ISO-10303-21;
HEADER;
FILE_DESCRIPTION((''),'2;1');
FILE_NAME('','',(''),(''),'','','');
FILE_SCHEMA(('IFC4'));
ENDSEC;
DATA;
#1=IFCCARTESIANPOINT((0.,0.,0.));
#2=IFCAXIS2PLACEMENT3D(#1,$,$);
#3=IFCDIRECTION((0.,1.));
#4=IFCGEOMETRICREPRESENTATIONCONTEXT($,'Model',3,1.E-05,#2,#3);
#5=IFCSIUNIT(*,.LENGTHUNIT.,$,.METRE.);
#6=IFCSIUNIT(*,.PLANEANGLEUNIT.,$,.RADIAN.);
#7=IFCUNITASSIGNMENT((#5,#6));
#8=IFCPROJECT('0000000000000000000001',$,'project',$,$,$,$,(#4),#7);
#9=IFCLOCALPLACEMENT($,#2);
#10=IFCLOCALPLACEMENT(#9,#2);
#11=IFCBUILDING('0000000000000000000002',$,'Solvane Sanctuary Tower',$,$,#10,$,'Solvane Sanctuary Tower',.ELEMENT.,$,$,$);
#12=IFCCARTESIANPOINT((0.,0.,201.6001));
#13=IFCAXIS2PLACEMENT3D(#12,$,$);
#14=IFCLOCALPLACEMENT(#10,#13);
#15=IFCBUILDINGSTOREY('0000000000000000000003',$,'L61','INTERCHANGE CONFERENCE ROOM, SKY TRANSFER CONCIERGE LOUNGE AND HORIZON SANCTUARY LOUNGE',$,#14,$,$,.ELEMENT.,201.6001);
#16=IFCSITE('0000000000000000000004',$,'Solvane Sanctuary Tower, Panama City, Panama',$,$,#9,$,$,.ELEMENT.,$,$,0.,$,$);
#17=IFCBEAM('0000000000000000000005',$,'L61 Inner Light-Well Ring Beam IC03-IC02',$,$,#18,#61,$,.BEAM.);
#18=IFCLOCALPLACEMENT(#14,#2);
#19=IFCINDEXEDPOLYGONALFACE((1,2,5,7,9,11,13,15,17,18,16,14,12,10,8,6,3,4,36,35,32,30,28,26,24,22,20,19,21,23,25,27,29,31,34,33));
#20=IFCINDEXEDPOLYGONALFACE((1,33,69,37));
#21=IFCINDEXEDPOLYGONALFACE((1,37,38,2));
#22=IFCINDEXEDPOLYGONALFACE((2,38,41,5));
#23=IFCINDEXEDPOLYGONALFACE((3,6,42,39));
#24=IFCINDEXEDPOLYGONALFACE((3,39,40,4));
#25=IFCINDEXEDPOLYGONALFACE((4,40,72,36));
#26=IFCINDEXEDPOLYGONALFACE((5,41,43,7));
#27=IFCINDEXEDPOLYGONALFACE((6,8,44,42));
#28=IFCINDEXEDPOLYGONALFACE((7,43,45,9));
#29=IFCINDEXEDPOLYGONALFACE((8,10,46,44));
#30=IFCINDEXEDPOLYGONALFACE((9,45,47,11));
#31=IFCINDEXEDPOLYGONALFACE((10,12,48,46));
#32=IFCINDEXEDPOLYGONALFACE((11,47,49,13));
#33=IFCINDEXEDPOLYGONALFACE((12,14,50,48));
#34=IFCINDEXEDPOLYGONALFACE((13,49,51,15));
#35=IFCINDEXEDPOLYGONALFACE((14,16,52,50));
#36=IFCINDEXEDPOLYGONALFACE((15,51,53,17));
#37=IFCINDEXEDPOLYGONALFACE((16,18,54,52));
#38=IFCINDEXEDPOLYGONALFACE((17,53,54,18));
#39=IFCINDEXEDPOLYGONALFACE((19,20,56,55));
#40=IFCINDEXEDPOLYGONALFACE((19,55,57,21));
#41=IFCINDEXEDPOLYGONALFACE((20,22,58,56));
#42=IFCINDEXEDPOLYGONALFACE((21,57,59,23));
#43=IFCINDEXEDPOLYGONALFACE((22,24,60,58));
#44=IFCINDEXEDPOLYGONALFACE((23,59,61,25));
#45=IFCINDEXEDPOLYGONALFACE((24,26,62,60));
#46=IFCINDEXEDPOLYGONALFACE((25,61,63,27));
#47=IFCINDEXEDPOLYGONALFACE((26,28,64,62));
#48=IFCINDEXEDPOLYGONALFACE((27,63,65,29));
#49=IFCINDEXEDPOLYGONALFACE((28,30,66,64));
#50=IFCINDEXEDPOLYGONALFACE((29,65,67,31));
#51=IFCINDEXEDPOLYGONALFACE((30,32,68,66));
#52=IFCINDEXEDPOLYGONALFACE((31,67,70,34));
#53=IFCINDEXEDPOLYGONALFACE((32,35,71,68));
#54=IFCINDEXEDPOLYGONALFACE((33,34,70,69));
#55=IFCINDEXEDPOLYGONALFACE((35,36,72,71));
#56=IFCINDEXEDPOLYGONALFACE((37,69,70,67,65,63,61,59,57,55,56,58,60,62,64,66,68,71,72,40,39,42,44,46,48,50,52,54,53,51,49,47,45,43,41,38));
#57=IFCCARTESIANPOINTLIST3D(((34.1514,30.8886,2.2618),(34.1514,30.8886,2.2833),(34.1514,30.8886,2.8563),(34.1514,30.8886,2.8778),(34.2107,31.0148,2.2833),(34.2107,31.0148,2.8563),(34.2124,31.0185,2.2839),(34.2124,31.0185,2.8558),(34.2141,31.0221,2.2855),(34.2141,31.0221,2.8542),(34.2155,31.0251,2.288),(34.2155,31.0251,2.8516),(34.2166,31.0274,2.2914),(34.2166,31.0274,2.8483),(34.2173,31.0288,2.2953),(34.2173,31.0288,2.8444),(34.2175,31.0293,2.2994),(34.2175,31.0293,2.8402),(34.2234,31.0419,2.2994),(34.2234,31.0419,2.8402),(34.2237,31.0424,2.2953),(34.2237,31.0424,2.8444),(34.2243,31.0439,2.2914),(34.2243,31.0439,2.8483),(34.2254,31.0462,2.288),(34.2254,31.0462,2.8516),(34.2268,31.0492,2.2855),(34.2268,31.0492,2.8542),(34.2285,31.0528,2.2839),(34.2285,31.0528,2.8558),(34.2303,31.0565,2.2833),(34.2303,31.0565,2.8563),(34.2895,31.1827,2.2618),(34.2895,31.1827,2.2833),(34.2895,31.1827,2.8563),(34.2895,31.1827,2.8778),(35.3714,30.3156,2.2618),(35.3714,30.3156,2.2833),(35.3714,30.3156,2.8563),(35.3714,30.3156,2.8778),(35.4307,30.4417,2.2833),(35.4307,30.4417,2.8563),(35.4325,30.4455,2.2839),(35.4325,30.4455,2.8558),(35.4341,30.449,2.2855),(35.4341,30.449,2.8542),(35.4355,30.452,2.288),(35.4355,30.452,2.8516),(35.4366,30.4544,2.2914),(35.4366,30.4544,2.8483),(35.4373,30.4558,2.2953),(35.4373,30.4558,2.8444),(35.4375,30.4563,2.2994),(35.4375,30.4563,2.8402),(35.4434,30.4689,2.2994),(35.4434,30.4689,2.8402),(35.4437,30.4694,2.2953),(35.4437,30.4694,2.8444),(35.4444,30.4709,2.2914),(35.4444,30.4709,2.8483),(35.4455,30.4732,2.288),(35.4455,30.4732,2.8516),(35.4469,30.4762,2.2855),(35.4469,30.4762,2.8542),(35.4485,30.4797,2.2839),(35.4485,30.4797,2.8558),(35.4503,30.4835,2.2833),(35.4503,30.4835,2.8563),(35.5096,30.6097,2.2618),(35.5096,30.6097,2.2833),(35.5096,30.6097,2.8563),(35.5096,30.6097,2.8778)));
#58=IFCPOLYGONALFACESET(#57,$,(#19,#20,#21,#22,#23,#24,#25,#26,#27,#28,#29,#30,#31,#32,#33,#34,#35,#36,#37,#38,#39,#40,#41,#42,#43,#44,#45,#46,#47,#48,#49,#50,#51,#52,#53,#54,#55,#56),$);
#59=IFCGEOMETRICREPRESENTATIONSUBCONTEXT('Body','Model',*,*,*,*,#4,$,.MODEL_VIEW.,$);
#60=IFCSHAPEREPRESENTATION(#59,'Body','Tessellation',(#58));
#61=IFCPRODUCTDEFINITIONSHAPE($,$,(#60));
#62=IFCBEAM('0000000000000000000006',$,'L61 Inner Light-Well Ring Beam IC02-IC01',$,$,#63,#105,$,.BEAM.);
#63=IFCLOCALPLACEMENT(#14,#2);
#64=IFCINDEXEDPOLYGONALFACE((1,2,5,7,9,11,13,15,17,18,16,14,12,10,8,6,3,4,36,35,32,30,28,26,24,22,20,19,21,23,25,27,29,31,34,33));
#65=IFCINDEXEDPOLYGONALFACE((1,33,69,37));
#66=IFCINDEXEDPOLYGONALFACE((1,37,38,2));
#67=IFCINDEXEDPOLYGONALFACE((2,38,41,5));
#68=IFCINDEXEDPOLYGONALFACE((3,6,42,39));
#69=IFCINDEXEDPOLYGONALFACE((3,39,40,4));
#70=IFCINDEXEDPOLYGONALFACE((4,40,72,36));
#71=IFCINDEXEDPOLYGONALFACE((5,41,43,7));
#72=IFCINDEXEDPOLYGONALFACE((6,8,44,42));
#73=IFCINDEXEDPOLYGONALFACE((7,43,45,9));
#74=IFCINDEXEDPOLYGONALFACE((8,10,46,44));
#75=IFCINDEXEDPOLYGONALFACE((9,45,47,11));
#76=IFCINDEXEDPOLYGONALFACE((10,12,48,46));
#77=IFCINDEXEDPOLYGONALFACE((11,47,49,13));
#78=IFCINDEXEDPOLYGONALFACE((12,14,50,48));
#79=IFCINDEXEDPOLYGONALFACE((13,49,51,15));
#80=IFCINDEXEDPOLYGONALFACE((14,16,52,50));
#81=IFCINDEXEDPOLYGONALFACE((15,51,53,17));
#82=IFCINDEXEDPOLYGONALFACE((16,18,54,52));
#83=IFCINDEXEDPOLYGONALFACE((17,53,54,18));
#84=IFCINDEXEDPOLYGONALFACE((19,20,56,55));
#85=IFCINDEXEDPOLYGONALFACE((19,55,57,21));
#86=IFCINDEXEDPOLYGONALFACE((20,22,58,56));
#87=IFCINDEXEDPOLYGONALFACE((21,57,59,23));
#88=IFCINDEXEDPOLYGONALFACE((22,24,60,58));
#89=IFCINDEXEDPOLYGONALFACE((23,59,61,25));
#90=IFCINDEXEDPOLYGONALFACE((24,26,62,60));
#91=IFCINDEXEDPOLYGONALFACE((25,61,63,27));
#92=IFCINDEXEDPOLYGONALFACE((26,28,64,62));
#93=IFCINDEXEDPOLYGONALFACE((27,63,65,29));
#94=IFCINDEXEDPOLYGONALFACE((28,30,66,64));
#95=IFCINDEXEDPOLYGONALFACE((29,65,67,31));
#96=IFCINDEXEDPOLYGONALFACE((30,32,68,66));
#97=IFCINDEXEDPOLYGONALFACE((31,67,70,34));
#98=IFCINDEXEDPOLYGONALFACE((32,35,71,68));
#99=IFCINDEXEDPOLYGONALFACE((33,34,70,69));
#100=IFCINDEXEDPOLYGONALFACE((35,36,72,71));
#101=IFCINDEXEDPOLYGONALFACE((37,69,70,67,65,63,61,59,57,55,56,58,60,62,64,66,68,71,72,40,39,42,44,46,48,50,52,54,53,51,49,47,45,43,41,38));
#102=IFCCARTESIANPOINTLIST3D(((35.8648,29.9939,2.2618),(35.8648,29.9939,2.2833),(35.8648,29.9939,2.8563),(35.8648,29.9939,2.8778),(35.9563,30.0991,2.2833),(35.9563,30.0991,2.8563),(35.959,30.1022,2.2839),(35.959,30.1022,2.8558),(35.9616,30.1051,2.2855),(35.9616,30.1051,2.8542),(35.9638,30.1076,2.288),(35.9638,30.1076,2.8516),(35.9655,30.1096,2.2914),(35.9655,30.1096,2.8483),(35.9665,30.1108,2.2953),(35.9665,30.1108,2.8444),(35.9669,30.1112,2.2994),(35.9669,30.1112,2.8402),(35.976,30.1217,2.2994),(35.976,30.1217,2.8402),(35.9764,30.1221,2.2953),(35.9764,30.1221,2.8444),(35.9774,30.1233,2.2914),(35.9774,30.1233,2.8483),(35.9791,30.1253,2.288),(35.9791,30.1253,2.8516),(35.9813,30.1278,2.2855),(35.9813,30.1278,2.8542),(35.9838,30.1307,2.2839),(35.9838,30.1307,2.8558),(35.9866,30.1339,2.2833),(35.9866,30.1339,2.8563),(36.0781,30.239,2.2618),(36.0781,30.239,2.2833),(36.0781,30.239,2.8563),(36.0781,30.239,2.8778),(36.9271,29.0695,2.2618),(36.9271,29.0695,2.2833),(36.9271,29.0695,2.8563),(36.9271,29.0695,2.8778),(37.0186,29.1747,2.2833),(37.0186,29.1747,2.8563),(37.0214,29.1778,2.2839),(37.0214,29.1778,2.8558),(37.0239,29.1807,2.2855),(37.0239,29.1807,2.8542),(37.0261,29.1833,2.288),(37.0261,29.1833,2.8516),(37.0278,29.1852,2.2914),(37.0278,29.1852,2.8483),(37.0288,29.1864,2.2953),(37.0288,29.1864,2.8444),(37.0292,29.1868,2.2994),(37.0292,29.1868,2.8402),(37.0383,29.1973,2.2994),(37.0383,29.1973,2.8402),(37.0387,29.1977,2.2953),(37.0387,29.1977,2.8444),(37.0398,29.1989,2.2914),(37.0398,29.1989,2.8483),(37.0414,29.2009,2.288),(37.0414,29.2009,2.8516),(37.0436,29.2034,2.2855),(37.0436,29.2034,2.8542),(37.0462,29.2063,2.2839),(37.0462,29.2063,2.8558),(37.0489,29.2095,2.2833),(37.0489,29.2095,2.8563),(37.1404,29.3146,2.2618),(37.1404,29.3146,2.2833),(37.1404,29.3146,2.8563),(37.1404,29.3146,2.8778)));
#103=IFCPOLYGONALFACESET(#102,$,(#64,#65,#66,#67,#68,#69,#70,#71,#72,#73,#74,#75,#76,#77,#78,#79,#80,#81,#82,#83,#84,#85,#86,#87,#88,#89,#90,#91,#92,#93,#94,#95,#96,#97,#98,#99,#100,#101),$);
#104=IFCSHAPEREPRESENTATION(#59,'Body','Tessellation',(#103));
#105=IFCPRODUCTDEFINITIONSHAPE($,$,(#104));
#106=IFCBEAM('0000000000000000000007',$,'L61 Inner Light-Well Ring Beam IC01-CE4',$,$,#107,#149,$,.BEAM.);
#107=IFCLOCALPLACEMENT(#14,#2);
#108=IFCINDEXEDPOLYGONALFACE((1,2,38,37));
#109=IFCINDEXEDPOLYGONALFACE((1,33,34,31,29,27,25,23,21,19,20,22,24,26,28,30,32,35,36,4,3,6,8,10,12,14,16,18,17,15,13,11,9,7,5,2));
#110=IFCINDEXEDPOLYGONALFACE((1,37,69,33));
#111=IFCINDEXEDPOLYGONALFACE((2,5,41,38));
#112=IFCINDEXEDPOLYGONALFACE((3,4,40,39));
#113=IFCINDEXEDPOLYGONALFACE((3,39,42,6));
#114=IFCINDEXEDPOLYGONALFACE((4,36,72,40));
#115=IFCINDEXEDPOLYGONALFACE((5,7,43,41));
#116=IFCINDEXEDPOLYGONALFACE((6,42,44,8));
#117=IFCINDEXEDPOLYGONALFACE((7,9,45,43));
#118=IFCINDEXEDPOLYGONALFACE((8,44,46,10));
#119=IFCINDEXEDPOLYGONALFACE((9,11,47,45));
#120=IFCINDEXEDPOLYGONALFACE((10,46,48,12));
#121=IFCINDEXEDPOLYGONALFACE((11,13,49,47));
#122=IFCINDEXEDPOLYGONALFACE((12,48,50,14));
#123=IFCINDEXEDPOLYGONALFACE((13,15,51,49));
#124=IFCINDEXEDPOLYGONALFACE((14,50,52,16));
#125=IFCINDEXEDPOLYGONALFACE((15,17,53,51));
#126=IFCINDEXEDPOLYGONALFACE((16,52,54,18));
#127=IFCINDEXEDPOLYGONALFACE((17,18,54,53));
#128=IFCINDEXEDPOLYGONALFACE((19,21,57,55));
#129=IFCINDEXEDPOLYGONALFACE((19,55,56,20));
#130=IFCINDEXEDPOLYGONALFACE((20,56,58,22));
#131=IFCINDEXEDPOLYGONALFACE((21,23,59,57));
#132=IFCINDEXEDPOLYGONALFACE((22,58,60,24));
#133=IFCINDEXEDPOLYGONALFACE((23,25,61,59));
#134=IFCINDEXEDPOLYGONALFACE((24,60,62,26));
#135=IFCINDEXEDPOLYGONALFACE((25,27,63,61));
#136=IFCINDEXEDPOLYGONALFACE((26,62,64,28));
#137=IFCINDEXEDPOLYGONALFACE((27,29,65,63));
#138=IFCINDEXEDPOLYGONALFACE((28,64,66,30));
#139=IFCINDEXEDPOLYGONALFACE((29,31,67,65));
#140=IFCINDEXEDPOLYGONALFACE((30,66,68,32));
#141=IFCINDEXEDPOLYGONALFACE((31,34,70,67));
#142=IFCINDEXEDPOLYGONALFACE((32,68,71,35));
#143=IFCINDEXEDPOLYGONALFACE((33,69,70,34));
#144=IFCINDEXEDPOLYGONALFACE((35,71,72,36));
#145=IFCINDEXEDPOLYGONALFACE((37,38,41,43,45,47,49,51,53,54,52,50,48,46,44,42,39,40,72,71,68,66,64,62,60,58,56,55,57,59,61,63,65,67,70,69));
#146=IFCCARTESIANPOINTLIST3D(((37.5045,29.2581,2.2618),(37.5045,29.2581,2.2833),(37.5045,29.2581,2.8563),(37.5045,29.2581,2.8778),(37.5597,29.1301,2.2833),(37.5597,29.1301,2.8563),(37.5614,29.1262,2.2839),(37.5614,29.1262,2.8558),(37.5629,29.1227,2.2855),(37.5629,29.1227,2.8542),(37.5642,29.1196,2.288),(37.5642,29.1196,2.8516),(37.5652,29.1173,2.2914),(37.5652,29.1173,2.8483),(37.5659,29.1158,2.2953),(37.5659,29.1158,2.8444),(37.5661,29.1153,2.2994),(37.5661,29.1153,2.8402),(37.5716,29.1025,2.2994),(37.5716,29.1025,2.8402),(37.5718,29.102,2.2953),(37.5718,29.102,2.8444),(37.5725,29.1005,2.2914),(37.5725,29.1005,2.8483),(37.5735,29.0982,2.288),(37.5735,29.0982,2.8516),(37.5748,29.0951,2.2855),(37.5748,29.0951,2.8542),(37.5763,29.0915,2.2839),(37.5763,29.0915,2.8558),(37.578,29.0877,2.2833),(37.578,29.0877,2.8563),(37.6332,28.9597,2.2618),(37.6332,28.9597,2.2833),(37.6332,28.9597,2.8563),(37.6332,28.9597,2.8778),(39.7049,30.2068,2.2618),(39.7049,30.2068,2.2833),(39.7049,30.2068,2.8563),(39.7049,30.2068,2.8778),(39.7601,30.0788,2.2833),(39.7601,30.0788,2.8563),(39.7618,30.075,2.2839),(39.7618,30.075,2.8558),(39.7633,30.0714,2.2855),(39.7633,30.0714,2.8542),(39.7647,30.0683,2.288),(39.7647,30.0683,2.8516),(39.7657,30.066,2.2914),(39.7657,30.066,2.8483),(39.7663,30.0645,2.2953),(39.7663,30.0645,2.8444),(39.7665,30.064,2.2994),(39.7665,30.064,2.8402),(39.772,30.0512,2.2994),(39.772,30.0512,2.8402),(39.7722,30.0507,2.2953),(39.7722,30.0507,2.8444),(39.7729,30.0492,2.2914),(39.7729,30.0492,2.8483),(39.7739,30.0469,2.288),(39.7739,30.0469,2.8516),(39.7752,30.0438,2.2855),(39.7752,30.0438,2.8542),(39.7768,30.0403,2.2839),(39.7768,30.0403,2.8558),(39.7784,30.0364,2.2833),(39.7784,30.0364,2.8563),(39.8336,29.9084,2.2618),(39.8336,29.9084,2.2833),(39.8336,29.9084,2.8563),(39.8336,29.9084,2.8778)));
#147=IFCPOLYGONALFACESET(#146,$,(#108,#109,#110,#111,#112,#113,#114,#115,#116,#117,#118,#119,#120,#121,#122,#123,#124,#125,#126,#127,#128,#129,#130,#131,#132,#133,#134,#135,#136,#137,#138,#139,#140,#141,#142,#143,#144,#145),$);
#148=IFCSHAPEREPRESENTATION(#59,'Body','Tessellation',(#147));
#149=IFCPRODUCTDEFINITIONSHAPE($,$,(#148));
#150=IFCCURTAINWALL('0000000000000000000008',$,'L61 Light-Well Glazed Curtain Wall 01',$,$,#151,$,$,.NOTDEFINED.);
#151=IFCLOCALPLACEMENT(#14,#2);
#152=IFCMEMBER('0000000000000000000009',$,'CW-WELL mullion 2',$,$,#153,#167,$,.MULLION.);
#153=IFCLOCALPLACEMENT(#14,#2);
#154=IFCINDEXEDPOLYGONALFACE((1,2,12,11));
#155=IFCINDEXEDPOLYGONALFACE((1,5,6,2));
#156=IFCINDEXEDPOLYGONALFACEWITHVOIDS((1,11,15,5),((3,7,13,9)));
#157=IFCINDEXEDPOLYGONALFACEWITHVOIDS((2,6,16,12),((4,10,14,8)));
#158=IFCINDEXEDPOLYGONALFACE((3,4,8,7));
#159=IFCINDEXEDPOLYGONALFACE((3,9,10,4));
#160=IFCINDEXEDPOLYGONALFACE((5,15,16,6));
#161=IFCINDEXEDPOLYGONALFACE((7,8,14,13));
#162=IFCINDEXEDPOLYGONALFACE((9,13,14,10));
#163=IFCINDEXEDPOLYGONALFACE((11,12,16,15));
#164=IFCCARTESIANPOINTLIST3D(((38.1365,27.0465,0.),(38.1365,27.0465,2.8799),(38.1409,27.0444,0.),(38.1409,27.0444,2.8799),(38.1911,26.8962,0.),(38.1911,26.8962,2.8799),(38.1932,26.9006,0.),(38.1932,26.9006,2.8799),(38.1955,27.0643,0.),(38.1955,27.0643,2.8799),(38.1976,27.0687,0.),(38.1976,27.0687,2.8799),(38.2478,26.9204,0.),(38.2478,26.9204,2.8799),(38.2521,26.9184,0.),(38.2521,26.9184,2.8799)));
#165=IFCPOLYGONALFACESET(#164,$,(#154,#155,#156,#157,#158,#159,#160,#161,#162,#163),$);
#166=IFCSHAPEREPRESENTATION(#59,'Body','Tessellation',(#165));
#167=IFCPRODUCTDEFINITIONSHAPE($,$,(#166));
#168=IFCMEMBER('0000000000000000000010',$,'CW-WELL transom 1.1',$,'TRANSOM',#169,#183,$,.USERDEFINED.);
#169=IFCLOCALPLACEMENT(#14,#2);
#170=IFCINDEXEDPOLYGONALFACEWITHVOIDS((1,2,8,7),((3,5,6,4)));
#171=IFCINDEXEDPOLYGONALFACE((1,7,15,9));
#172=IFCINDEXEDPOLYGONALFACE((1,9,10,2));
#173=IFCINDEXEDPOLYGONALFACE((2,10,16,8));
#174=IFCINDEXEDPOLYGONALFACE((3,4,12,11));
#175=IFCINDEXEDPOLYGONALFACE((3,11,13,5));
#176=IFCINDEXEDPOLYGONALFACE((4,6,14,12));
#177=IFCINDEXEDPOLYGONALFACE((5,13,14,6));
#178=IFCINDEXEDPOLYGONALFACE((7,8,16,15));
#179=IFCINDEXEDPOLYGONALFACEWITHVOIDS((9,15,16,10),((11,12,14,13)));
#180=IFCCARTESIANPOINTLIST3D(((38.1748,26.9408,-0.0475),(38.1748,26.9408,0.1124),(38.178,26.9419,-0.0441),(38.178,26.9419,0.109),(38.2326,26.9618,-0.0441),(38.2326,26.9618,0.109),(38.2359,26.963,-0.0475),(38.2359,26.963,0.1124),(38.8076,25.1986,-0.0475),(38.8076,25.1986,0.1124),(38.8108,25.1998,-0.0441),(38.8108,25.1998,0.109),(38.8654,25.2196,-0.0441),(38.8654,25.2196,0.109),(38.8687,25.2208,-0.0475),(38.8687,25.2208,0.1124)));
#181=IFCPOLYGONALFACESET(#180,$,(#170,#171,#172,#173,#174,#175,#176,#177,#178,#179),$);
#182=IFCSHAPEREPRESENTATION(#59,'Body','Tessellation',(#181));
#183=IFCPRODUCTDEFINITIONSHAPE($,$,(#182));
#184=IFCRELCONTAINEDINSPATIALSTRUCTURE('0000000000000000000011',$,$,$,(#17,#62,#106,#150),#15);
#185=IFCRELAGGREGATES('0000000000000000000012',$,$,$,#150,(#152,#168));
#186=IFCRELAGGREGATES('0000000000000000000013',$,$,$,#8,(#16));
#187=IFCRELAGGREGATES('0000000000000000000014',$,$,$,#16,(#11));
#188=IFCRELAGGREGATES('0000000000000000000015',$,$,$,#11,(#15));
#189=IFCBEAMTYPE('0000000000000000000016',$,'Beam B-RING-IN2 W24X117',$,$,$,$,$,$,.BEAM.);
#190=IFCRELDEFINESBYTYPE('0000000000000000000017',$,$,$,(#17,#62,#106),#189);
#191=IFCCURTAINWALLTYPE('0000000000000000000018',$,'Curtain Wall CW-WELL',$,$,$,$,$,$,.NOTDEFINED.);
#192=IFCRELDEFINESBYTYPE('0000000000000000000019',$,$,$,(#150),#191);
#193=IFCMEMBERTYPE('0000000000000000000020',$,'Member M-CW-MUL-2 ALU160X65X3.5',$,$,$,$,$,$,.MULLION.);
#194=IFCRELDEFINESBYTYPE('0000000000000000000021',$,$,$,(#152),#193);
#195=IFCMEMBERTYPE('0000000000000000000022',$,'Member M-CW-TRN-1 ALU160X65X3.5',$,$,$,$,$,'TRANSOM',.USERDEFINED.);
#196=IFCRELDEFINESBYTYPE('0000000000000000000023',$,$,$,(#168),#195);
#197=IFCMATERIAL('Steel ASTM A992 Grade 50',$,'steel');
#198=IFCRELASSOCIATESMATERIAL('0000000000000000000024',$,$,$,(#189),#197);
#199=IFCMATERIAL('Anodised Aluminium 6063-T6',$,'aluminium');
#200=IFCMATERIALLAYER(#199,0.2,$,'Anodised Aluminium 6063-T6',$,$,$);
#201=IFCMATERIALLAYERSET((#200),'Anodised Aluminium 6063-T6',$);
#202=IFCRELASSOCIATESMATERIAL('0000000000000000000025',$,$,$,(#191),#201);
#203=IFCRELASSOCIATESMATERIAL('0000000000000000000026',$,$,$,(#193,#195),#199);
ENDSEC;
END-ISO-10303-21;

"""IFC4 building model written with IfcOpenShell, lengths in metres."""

from ifc_helpers import new_model, si_unit, direction, frame, origin, origin_2d, place, context, subcontext, project, spatial, hollow_rectangle, i_section, extrude, material, layer, layer_set, material_profile, profile_set, type_object, element, aggregate, save


model = new_model("IFC4")

# Units and contexts
model_context = context("Model", 3, precision=1e-05, world=origin(), true_north=direction((0.0, 1.0)))
body_context = subcontext(model_context, "Body", "Model", "MODEL_VIEW")
ifc_project = project(units=[si_unit("LENGTHUNIT", "METRE"), si_unit("PLANEANGLEUNIT", "RADIAN")], contexts=[model_context])

# Site, building, storey
site_placement = place(None, origin())
site = spatial("IfcSite", under=ifc_project, at=site_placement, Name="Solvane Sanctuary Tower, Panama City, Panama", CompositionType="ELEMENT", RefElevation=0.0)
building_placement = place(site_placement, origin())
building = spatial("IfcBuilding", under=site, at=building_placement, Name="Solvane Sanctuary Tower", LongName="Solvane Sanctuary Tower", CompositionType="ELEMENT")
storey_placement = place(building_placement, frame((0.0, 0.0, 201.6001)))
storey = spatial("IfcBuildingStorey", under=building, at=storey_placement, Name="L61", Description="INTERCHANGE CONFERENCE ROOM, SKY TRANSFER CONCIERGE LOUNGE AND HORIZON SANCTUARY LOUNGE", CompositionType="ELEMENT", Elevation=201.6001)

# Beams
ifc_material_1 = material(Name="Steel ASTM A992 Grade 50", Category="steel")
ifc_material_profile_1 = material_profile(ifc_material_1, i_section(OverallWidth=0.325, OverallDepth=0.616, WebThickness=0.0139, FlangeThickness=0.0215, FilletRadius=0.0161, at=origin_2d()), Name="W24X117")
ifc_profile_set_1 = profile_set([ifc_material_profile_1], Name="Steel ASTM A992 Grade 50")
beam_type_1 = type_object("IfcBeamType", Name="Beam B-RING-IN2 W24X117", PredefinedType="BEAM", material=ifc_profile_set_1)
beam_1_placement = place(storey_placement, frame((34.2205, 31.0356, 2.5698), z_axis=(0.905135, -0.425125, 0.0), x_axis=(0.425125, 0.905135, 0.0)))
element("IfcBeam", 1, at=beam_1_placement, inside=storey, type_object=beam_type_1, Name="L61 Inner Light-Well Ring Beam IC03-IC02", PredefinedType="BEAM", context=body_context, shape_type="SweptSolid", body=[
    extrude(i_section(OverallWidth=0.325, OverallDepth=0.616, WebThickness=0.0139, FlangeThickness=0.0215, FilletRadius=0.0161, at=origin_2d()), origin(), (0.0, 0.0, 1.0), 1.3479),
])
beam_2_placement = place(storey_placement, frame((35.9714, 30.1165, 2.5698), z_axis=(0.754389, -0.656428, 0.0), x_axis=(0.656428, 0.754389, 0.0)))
element("IfcBeam", 2, at=beam_2_placement, inside=storey, type_object=beam_type_1, Name="L61 Inner Light-Well Ring Beam IC02-IC01", PredefinedType="BEAM", context=body_context, shape_type="SweptSolid", body=[
    extrude(i_section(OverallWidth=0.325, OverallDepth=0.616, WebThickness=0.0139, FlangeThickness=0.0215, FilletRadius=0.0161, at=origin_2d()), origin(), (0.0, 0.0, 1.0), 1.4082),
])
beam_3_placement = place(storey_placement, frame((37.5688, 29.1089, 2.5698), z_axis=(0.918284, 0.395923, 0.0), x_axis=(-0.395923, 0.918284, 0.0)))
element("IfcBeam", 3, at=beam_3_placement, inside=storey, type_object=beam_type_1, Name="L61 Inner Light-Well Ring Beam IC01-CE4", PredefinedType="BEAM", context=body_context, shape_type="SweptSolid", body=[
    extrude(i_section(OverallWidth=0.325, OverallDepth=0.616, WebThickness=0.0139, FlangeThickness=0.0215, FilletRadius=0.0161, at=origin_2d()), origin(), (0.0, 0.0, 1.0), 2.3962),
])

# Curtain wall, members
ifc_material_2 = material(Name="Anodised Aluminium 6063-T6", Category="aluminium")
ifc_layer_1 = layer(ifc_material_2, 0.2, Name="Anodised Aluminium 6063-T6")
ifc_layer_set_1 = layer_set([ifc_layer_1], Name="Anodised Aluminium 6063-T6")
curtain_wall_type = type_object("IfcCurtainWallType", Name="Curtain Wall CW-WELL", PredefinedType="NOTDEFINED", material=ifc_layer_set_1)
curtain_wall_placement = place(storey_placement, origin())
curtain_wall = element("IfcCurtainWall", 4, at=curtain_wall_placement, inside=storey, type_object=curtain_wall_type, Name="L61 Light-Well Glazed Curtain Wall 01", PredefinedType="NOTDEFINED")
ifc_material_profile_2 = material_profile(ifc_material_2, hollow_rectangle(XDim=0.0649, YDim=0.1599, WallThickness=0.0034, at=origin_2d()), Name="ALU160X65X3.5")
ifc_profile_set_2 = profile_set([ifc_material_profile_2], Name="Anodised Aluminium 6063-T6")
member_type_1 = type_object("IfcMemberType", Name="Member M-CW-MUL-2 ALU160X65X3.5", PredefinedType="MULLION", material=ifc_profile_set_2)
member_1_placement = place(storey_placement, frame((38.1943, 26.9824, 0.0), z_axis=(0.0, 0.0, 1.0), x_axis=(-0.939933, -0.341358, 0.0)))
member_1 = element("IfcMember", 5, at=member_1_placement, type_object=member_type_1, Name="CW-WELL mullion 2", PredefinedType="MULLION", context=body_context, shape_type="SweptSolid", body=[
    extrude(hollow_rectangle(XDim=0.0649, YDim=0.1599, WallThickness=0.0034, at=origin_2d()), origin(), (0.0, 0.0, 1.0), 2.8799),
])
ifc_material_profile_3 = material_profile(ifc_material_2, hollow_rectangle(XDim=0.0649, YDim=0.1599, WallThickness=0.0034, at=origin_2d()), Name="ALU160X65X3.5")
ifc_profile_set_3 = profile_set([ifc_material_profile_3], Name="Anodised Aluminium 6063-T6")
member_type_2 = type_object("IfcMemberType", Name="Member M-CW-TRN-1 ALU160X65X3.5", ElementType="TRANSOM", PredefinedType="USERDEFINED", material=ifc_profile_set_3)
member_2_placement = place(storey_placement, frame((38.8381, 25.2097, 0.0325), z_axis=(-0.341405, 0.939916, 0.0), x_axis=(-0.939916, -0.341405, 0.0)))
member_2 = element("IfcMember", 6, at=member_2_placement, type_object=member_type_2, Name="CW-WELL transom 1.1", ObjectType="TRANSOM", PredefinedType="USERDEFINED", context=body_context, shape_type="SweptSolid", body=[
    extrude(hollow_rectangle(XDim=0.0649, YDim=0.1599, WallThickness=0.0034, at=origin_2d()), origin(), (0.0, 0.0, 1.0), 1.8535),
])
aggregate(curtain_wall, [member_1, member_2])

save(model, "model.ifc")
